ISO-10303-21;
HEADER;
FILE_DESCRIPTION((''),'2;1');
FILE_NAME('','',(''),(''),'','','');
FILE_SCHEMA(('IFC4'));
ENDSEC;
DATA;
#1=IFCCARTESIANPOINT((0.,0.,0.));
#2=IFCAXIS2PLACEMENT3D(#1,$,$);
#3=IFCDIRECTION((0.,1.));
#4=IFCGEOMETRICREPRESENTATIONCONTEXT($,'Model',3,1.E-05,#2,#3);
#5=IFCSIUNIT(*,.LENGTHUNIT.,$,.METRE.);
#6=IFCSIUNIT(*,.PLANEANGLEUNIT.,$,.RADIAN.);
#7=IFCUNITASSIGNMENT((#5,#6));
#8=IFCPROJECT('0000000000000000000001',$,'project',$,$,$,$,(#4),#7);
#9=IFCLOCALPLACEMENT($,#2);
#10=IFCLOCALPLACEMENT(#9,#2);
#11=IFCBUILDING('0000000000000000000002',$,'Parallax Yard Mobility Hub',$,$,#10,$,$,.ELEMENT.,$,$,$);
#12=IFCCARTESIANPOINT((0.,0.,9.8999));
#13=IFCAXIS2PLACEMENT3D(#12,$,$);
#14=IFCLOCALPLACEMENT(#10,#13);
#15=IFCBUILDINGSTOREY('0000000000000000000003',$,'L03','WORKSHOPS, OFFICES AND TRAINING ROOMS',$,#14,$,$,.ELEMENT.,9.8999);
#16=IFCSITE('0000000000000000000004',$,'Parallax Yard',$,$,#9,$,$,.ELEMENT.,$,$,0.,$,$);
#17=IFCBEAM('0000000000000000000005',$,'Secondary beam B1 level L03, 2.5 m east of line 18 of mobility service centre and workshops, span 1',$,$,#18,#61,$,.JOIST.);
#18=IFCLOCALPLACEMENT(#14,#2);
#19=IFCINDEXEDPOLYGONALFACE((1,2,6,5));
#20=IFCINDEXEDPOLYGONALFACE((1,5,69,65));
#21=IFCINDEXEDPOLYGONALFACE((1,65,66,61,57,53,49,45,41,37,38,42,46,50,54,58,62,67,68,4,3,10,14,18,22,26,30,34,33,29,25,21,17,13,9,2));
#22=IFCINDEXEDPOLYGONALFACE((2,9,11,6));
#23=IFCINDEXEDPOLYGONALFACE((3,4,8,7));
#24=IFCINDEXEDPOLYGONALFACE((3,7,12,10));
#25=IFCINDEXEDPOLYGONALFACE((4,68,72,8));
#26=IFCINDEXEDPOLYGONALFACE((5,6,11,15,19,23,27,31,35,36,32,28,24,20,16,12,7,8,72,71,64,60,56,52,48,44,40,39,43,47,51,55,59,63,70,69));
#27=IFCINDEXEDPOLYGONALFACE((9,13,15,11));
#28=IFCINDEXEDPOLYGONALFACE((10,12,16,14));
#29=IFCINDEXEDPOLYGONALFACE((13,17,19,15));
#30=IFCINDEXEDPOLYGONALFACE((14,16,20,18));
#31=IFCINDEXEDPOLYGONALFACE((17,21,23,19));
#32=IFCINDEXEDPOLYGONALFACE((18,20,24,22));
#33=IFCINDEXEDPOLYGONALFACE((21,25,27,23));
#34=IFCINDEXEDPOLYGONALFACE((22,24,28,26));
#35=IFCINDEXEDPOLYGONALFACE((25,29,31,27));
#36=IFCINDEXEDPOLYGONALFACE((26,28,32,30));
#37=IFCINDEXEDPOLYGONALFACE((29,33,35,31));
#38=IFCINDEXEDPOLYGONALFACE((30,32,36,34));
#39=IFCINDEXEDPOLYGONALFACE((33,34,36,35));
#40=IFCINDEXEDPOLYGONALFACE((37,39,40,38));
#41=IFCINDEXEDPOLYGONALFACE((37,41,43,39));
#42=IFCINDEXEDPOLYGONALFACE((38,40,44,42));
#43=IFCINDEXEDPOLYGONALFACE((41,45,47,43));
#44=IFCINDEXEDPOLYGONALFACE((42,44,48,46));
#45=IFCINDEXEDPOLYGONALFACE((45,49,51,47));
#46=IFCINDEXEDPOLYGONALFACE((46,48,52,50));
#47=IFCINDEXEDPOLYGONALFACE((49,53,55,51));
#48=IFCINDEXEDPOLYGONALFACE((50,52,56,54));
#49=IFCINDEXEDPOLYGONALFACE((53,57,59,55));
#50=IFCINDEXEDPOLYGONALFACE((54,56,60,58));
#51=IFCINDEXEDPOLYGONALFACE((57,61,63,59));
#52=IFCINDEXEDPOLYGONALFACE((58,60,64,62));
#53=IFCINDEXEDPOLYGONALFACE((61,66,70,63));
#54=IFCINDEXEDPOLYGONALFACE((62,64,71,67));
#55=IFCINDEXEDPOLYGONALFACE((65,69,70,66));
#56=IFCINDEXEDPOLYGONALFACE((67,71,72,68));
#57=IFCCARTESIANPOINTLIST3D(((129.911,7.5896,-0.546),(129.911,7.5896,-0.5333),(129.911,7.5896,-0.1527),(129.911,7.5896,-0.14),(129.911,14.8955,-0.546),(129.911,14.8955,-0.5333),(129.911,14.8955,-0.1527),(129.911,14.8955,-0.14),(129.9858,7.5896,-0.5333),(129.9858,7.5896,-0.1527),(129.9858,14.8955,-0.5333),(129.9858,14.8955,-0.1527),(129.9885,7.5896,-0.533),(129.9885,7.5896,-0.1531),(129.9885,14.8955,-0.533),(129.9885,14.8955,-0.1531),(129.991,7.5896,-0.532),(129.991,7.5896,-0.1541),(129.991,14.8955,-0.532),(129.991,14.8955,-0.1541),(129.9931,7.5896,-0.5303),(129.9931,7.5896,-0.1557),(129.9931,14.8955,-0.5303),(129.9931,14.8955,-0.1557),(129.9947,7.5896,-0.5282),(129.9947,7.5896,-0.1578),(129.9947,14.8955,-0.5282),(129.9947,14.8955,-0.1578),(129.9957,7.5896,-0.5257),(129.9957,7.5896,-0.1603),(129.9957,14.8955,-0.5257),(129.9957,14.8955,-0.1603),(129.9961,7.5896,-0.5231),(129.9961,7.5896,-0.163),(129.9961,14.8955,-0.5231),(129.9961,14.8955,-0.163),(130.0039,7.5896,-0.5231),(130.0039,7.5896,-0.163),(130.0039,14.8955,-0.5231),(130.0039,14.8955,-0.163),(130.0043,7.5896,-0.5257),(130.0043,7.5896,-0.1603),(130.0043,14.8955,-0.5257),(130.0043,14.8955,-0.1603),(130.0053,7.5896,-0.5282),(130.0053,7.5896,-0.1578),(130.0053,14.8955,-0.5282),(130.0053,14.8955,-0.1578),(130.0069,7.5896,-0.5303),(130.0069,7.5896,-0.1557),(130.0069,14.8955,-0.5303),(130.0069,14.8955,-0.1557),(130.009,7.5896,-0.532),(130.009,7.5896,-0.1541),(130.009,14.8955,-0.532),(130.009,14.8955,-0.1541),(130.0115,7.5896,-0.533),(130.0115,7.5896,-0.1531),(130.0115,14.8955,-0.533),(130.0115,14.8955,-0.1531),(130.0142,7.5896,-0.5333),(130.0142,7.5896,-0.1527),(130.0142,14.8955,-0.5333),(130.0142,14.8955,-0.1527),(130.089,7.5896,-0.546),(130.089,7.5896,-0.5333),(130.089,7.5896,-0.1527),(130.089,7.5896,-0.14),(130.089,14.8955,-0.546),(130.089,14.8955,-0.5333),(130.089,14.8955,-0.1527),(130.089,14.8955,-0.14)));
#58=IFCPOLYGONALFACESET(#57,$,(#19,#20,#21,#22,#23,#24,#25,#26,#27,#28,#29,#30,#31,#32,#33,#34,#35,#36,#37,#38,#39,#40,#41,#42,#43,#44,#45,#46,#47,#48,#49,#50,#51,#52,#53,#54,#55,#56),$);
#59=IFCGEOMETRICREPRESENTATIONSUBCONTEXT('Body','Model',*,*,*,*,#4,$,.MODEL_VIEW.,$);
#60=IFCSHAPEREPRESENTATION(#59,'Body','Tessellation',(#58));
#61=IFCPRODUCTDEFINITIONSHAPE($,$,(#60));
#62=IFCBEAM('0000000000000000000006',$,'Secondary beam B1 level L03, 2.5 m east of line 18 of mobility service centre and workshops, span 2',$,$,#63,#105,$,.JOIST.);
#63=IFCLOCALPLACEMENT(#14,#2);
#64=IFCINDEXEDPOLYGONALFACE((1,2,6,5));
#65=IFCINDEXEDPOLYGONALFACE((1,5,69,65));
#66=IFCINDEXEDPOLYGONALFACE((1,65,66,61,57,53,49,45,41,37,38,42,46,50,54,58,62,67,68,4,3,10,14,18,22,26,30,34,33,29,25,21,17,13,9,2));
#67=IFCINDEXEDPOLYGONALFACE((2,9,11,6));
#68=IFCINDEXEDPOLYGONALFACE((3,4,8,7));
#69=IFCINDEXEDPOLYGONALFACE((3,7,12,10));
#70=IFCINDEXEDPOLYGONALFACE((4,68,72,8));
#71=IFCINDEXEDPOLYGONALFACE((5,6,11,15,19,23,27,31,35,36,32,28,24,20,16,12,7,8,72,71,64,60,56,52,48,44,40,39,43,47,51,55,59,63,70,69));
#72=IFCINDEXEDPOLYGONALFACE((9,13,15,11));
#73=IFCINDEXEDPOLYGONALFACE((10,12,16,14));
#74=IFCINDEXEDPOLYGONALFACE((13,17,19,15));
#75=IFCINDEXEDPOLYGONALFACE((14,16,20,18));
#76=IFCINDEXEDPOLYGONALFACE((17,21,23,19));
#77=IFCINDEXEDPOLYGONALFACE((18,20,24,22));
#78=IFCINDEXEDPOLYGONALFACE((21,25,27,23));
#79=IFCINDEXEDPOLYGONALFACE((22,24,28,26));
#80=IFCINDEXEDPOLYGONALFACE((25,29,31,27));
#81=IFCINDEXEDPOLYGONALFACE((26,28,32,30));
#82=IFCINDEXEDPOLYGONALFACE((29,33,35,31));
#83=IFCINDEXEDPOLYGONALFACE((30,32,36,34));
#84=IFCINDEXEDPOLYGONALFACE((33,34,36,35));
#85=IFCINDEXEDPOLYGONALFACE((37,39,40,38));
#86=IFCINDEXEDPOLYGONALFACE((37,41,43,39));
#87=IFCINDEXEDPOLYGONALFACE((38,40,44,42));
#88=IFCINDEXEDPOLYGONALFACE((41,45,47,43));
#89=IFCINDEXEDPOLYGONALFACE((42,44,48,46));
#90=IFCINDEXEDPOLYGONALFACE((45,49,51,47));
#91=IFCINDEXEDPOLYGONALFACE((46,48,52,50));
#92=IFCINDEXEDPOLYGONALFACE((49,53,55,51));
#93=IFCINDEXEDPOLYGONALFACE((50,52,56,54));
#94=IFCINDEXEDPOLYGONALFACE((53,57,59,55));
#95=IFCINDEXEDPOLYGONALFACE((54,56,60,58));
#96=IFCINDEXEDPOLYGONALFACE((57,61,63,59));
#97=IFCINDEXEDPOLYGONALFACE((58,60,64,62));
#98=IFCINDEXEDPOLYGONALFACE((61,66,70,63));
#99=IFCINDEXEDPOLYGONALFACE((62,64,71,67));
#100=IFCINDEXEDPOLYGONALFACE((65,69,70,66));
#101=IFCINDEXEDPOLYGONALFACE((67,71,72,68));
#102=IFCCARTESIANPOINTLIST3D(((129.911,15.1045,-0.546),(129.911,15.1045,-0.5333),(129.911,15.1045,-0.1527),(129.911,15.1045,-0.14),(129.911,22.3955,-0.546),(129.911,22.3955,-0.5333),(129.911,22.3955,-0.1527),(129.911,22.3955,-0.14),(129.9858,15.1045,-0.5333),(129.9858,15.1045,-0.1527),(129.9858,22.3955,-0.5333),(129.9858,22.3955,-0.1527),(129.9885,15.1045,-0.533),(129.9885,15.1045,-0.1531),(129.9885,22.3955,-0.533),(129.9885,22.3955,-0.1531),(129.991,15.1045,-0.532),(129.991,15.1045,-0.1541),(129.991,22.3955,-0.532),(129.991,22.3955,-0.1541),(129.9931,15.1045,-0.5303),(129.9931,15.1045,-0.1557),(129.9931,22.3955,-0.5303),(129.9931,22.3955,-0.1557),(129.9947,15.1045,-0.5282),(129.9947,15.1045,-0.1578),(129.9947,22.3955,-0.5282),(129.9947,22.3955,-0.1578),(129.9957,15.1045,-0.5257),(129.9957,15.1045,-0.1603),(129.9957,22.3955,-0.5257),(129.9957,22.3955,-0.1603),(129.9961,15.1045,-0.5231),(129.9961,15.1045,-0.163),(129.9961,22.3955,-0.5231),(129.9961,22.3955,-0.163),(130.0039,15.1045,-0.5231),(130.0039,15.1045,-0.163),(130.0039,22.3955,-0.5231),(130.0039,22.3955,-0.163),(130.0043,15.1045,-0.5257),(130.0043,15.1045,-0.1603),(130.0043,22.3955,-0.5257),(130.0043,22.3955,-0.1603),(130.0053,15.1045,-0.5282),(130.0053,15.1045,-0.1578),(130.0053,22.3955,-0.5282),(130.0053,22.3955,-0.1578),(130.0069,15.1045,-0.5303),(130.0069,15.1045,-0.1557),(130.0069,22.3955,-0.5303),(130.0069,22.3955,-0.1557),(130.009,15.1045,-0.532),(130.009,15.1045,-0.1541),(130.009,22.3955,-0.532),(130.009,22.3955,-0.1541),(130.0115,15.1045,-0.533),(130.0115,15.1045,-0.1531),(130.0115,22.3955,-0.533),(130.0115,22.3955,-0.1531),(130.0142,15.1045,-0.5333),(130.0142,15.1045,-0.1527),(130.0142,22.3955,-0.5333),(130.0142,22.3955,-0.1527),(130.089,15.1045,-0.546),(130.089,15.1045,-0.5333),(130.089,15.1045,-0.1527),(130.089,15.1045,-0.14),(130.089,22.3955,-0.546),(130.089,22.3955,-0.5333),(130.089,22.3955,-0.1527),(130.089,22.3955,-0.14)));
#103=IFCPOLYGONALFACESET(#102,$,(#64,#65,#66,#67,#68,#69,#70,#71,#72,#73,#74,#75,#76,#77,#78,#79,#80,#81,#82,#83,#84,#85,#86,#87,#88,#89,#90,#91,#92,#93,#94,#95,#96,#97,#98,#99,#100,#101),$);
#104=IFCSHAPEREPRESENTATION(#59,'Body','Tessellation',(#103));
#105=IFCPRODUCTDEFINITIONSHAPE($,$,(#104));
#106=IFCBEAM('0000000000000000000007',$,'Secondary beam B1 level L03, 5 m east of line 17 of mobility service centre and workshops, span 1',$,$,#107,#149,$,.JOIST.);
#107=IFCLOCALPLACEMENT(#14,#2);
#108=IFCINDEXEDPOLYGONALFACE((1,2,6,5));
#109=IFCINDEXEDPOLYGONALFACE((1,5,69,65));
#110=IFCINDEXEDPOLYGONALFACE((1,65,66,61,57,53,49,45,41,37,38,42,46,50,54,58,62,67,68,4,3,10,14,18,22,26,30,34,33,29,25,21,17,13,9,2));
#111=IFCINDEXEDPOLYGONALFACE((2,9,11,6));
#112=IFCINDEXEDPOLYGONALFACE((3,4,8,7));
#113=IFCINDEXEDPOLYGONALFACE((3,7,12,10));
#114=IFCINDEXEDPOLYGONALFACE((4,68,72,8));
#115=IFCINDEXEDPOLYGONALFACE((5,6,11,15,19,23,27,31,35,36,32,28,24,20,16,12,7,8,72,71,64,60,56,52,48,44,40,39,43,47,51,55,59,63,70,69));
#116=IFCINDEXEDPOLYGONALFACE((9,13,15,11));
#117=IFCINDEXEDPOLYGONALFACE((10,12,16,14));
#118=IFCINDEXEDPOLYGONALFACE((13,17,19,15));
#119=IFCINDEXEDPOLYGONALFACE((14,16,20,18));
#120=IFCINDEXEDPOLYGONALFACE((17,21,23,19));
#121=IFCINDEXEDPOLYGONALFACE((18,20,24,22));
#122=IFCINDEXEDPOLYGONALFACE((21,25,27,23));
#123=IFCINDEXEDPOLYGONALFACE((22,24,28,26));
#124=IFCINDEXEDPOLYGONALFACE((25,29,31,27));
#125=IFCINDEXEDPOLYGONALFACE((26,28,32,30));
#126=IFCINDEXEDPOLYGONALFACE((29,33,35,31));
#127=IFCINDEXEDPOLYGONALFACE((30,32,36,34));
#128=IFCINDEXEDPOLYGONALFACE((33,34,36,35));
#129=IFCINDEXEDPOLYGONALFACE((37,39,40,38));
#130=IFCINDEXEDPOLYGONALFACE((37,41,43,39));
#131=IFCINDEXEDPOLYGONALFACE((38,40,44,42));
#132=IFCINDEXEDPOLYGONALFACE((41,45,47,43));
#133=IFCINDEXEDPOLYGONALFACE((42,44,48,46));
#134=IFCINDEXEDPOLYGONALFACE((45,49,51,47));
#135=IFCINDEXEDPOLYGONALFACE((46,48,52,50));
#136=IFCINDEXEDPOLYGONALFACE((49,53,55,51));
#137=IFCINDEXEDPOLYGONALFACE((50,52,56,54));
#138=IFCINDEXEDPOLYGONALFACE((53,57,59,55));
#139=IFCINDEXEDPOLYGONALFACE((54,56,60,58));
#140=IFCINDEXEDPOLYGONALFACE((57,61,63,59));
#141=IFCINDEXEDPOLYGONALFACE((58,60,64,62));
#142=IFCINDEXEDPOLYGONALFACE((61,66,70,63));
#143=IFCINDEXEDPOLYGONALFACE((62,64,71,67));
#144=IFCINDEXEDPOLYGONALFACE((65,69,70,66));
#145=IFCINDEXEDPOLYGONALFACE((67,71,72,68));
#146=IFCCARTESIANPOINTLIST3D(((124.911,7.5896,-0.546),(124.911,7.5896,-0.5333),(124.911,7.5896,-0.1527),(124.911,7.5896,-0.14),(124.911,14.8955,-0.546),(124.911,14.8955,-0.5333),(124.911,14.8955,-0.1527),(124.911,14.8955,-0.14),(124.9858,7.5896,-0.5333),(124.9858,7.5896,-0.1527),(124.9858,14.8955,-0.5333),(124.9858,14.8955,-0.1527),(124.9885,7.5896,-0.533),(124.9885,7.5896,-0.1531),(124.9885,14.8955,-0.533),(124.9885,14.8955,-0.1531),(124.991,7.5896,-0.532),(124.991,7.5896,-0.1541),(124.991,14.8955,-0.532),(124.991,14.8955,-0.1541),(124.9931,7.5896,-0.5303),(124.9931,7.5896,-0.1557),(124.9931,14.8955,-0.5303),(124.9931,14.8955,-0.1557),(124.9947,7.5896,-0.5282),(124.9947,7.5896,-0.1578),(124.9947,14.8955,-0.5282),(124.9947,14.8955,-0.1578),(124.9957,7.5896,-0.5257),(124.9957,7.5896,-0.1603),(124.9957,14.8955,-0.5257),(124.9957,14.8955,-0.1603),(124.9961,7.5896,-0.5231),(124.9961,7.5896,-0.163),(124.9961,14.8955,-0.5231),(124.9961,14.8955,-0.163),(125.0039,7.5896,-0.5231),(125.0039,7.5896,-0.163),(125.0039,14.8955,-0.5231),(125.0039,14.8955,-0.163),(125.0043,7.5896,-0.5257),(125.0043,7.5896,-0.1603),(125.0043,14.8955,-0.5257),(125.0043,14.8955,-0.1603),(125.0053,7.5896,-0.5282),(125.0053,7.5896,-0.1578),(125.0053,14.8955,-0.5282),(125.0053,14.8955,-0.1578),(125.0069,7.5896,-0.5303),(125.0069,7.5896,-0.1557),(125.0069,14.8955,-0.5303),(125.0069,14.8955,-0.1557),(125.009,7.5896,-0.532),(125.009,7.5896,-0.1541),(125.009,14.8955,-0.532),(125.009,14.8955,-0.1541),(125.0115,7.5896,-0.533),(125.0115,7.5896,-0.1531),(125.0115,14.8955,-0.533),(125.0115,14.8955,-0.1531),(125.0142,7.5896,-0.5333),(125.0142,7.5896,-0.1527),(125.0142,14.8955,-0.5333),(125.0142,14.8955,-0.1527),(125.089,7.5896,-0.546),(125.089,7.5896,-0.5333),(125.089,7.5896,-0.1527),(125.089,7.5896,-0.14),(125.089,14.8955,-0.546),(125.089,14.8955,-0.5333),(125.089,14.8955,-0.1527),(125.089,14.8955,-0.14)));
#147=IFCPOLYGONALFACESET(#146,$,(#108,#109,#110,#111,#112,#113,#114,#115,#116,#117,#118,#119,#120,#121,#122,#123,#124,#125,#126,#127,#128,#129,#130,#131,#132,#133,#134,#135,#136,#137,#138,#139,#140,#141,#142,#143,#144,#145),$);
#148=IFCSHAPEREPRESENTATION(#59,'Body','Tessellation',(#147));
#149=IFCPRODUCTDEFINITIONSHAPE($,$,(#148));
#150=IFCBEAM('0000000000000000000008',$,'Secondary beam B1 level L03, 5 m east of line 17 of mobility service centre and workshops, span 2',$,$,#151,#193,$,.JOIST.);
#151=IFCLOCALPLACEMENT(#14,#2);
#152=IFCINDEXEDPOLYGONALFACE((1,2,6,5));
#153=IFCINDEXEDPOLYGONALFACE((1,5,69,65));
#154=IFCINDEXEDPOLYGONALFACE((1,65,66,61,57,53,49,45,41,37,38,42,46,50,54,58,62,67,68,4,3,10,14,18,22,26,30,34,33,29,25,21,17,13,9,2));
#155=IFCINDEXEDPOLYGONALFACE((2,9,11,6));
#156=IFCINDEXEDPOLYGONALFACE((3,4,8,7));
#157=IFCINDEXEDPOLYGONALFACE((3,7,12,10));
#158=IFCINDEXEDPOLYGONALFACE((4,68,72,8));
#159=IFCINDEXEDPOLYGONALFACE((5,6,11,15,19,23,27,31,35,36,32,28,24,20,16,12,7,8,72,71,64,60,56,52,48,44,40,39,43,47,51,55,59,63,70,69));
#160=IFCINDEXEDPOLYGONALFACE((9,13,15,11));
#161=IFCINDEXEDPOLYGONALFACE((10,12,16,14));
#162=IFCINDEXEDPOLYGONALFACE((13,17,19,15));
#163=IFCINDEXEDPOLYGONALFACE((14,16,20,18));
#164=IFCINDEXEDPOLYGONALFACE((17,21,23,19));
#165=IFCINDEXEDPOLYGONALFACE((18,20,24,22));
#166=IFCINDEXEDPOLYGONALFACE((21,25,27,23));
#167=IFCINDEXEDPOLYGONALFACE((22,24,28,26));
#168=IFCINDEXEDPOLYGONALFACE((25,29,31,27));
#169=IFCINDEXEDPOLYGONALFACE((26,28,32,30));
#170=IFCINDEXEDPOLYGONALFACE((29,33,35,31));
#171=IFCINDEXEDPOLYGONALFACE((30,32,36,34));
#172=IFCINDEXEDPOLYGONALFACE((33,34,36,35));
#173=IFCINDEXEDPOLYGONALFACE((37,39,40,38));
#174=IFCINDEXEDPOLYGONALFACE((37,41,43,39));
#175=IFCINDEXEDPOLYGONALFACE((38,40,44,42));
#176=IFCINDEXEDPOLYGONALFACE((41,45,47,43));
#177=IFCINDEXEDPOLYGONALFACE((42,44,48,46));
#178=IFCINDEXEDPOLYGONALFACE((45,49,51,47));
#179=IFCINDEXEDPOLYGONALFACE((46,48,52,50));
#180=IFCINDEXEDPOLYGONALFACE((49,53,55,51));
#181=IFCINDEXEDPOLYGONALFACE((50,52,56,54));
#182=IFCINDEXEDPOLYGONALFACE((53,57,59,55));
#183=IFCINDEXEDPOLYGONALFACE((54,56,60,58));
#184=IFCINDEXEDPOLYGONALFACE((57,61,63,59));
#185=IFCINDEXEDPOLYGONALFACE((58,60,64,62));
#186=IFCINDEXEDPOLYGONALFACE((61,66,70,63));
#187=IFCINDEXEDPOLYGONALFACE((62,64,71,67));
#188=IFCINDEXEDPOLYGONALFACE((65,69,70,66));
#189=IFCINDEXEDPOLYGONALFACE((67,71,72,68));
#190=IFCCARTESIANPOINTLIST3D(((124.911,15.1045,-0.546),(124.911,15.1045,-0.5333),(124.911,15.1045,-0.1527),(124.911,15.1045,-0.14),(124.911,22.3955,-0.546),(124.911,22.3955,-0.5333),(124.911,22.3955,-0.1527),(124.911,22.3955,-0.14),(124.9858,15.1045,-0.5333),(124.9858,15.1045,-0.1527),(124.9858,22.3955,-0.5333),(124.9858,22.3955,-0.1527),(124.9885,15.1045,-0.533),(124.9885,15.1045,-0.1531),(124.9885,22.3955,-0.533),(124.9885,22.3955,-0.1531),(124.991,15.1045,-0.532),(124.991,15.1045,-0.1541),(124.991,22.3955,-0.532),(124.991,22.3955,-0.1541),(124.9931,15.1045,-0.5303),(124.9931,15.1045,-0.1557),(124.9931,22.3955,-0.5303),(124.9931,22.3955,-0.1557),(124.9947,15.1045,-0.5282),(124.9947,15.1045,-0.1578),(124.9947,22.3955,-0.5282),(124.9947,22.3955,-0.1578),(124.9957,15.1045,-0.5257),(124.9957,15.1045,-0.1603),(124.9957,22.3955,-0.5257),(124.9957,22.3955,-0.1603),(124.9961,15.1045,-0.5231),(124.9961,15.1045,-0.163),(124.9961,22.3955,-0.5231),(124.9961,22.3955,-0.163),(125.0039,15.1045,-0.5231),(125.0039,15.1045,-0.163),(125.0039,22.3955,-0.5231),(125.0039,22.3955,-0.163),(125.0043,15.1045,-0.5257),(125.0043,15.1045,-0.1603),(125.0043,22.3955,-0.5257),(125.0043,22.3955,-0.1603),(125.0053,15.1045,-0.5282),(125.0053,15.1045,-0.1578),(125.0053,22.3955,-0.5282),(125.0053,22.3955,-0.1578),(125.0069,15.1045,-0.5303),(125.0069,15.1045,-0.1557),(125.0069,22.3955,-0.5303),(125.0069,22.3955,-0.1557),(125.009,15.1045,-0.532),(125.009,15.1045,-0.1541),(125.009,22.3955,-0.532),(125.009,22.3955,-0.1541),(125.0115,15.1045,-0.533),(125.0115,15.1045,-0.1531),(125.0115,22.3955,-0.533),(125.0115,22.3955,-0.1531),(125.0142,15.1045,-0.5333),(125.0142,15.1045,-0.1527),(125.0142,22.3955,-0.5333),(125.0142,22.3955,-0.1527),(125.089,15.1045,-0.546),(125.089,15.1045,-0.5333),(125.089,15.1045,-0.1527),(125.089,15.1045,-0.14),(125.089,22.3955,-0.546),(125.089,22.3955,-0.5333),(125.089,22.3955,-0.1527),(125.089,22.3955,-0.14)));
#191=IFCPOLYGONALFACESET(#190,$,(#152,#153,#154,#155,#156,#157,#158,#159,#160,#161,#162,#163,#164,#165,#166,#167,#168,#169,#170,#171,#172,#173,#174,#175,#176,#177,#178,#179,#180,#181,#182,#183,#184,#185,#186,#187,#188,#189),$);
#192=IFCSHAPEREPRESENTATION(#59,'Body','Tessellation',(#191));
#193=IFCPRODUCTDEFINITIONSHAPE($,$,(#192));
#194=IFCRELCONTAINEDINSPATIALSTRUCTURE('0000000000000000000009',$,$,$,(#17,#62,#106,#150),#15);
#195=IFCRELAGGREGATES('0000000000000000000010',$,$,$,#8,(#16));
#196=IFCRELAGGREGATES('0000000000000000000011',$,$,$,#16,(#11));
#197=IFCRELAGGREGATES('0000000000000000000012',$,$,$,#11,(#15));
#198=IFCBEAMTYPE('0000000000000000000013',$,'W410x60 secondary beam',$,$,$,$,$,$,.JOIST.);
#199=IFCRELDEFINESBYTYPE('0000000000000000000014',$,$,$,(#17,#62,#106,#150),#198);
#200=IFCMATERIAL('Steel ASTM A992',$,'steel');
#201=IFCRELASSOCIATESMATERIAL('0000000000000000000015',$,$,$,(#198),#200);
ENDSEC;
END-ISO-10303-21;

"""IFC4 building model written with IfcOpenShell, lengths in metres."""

from ifc_helpers import new_model, si_unit, direction, frame, origin, origin_2d, place, context, subcontext, project, spatial, i_section, extrude, material, material_profile, profile_set, type_object, element, save


model = new_model("IFC4")

# Units and contexts
model_context = context("Model", 3, precision=1e-05, world=origin(), true_north=direction((0.0, 1.0)))
body_context = subcontext(model_context, "Body", "Model", "MODEL_VIEW")
ifc_project = project(units=[si_unit("LENGTHUNIT", "METRE"), si_unit("PLANEANGLEUNIT", "RADIAN")], contexts=[model_context])

# Site, building, storey
site_placement = place(None, origin())
site = spatial("IfcSite", under=ifc_project, at=site_placement, Name="Parallax Yard", CompositionType="ELEMENT", RefElevation=0.0)
building_placement = place(site_placement, origin())
building = spatial("IfcBuilding", under=site, at=building_placement, Name="Parallax Yard Mobility Hub", CompositionType="ELEMENT")
storey_placement = place(building_placement, frame((0.0, 0.0, 9.8999)))
storey = spatial("IfcBuildingStorey", under=building, at=storey_placement, Name="L03", Description="WORKSHOPS, OFFICES AND TRAINING ROOMS", CompositionType="ELEMENT", Elevation=9.8999)

# Shared definitions
ifc_material_1 = material(Name="Steel ASTM A992", Category="steel")

# Beams
ifc_material_profile_1 = material_profile(ifc_material_1, i_section(OverallWidth=0.178, OverallDepth=0.406, WebThickness=0.0078, FlangeThickness=0.0127, FilletRadius=0.0103, at=origin_2d()), Name="W410x60")
ifc_profile_set_1 = profile_set([ifc_material_profile_1], Name="Steel ASTM A992")
beam_type_1 = type_object("IfcBeamType", Name="W410x60 secondary beam", PredefinedType="JOIST", material=ifc_profile_set_1)
beam_1_placement = place(storey_placement, frame((130.0, 7.5896, -0.343), z_axis=(0.0, 1.0, 0.0), x_axis=(-1.0, 0.0, 0.0)))
element("IfcBeam", 1, at=beam_1_placement, inside=storey, type_object=beam_type_1, Name="Secondary beam B1 level L03, 2.5 m east of line 18 of mobility service centre and workshops, span 1", PredefinedType="JOIST", context=body_context, shape_type="SweptSolid", body=[
    extrude(i_section(OverallWidth=0.178, OverallDepth=0.406, WebThickness=0.0078, FlangeThickness=0.0127, FilletRadius=0.0103, at=origin_2d()), origin(), (0.0, 0.0, 1.0), 7.3059),
])
beam_2_placement = place(storey_placement, frame((130.0, 15.1045, -0.343), z_axis=(0.0, 1.0, 0.0), x_axis=(-1.0, 0.0, 0.0)))
element("IfcBeam", 2, at=beam_2_placement, inside=storey, type_object=beam_type_1, Name="Secondary beam B1 level L03, 2.5 m east of line 18 of mobility service centre and workshops, span 2", PredefinedType="JOIST", context=body_context, shape_type="SweptSolid", body=[
    extrude(i_section(OverallWidth=0.178, OverallDepth=0.406, WebThickness=0.0078, FlangeThickness=0.0127, FilletRadius=0.0103, at=origin_2d()), origin(), (0.0, 0.0, 1.0), 7.291),
])
beam_3_placement = place(storey_placement, frame((125.0, 7.5896, -0.343), z_axis=(0.0, 1.0, 0.0), x_axis=(-1.0, 0.0, 0.0)))
element("IfcBeam", 3, at=beam_3_placement, inside=storey, type_object=beam_type_1, Name="Secondary beam B1 level L03, 5 m east of line 17 of mobility service centre and workshops, span 1", PredefinedType="JOIST", context=body_context, shape_type="SweptSolid", body=[
    extrude(i_section(OverallWidth=0.178, OverallDepth=0.406, WebThickness=0.0078, FlangeThickness=0.0127, FilletRadius=0.0103, at=origin_2d()), origin(), (0.0, 0.0, 1.0), 7.3059),
])
beam_4_placement = place(storey_placement, frame((125.0, 15.1045, -0.343), z_axis=(0.0, 1.0, 0.0), x_axis=(-1.0, 0.0, 0.0)))
element("IfcBeam", 4, at=beam_4_placement, inside=storey, type_object=beam_type_1, Name="Secondary beam B1 level L03, 5 m east of line 17 of mobility service centre and workshops, span 2", PredefinedType="JOIST", context=body_context, shape_type="SweptSolid", body=[
    extrude(i_section(OverallWidth=0.178, OverallDepth=0.406, WebThickness=0.0078, FlangeThickness=0.0127, FilletRadius=0.0103, at=origin_2d()), origin(), (0.0, 0.0, 1.0), 7.291),
])

save(model, "model.ifc")
